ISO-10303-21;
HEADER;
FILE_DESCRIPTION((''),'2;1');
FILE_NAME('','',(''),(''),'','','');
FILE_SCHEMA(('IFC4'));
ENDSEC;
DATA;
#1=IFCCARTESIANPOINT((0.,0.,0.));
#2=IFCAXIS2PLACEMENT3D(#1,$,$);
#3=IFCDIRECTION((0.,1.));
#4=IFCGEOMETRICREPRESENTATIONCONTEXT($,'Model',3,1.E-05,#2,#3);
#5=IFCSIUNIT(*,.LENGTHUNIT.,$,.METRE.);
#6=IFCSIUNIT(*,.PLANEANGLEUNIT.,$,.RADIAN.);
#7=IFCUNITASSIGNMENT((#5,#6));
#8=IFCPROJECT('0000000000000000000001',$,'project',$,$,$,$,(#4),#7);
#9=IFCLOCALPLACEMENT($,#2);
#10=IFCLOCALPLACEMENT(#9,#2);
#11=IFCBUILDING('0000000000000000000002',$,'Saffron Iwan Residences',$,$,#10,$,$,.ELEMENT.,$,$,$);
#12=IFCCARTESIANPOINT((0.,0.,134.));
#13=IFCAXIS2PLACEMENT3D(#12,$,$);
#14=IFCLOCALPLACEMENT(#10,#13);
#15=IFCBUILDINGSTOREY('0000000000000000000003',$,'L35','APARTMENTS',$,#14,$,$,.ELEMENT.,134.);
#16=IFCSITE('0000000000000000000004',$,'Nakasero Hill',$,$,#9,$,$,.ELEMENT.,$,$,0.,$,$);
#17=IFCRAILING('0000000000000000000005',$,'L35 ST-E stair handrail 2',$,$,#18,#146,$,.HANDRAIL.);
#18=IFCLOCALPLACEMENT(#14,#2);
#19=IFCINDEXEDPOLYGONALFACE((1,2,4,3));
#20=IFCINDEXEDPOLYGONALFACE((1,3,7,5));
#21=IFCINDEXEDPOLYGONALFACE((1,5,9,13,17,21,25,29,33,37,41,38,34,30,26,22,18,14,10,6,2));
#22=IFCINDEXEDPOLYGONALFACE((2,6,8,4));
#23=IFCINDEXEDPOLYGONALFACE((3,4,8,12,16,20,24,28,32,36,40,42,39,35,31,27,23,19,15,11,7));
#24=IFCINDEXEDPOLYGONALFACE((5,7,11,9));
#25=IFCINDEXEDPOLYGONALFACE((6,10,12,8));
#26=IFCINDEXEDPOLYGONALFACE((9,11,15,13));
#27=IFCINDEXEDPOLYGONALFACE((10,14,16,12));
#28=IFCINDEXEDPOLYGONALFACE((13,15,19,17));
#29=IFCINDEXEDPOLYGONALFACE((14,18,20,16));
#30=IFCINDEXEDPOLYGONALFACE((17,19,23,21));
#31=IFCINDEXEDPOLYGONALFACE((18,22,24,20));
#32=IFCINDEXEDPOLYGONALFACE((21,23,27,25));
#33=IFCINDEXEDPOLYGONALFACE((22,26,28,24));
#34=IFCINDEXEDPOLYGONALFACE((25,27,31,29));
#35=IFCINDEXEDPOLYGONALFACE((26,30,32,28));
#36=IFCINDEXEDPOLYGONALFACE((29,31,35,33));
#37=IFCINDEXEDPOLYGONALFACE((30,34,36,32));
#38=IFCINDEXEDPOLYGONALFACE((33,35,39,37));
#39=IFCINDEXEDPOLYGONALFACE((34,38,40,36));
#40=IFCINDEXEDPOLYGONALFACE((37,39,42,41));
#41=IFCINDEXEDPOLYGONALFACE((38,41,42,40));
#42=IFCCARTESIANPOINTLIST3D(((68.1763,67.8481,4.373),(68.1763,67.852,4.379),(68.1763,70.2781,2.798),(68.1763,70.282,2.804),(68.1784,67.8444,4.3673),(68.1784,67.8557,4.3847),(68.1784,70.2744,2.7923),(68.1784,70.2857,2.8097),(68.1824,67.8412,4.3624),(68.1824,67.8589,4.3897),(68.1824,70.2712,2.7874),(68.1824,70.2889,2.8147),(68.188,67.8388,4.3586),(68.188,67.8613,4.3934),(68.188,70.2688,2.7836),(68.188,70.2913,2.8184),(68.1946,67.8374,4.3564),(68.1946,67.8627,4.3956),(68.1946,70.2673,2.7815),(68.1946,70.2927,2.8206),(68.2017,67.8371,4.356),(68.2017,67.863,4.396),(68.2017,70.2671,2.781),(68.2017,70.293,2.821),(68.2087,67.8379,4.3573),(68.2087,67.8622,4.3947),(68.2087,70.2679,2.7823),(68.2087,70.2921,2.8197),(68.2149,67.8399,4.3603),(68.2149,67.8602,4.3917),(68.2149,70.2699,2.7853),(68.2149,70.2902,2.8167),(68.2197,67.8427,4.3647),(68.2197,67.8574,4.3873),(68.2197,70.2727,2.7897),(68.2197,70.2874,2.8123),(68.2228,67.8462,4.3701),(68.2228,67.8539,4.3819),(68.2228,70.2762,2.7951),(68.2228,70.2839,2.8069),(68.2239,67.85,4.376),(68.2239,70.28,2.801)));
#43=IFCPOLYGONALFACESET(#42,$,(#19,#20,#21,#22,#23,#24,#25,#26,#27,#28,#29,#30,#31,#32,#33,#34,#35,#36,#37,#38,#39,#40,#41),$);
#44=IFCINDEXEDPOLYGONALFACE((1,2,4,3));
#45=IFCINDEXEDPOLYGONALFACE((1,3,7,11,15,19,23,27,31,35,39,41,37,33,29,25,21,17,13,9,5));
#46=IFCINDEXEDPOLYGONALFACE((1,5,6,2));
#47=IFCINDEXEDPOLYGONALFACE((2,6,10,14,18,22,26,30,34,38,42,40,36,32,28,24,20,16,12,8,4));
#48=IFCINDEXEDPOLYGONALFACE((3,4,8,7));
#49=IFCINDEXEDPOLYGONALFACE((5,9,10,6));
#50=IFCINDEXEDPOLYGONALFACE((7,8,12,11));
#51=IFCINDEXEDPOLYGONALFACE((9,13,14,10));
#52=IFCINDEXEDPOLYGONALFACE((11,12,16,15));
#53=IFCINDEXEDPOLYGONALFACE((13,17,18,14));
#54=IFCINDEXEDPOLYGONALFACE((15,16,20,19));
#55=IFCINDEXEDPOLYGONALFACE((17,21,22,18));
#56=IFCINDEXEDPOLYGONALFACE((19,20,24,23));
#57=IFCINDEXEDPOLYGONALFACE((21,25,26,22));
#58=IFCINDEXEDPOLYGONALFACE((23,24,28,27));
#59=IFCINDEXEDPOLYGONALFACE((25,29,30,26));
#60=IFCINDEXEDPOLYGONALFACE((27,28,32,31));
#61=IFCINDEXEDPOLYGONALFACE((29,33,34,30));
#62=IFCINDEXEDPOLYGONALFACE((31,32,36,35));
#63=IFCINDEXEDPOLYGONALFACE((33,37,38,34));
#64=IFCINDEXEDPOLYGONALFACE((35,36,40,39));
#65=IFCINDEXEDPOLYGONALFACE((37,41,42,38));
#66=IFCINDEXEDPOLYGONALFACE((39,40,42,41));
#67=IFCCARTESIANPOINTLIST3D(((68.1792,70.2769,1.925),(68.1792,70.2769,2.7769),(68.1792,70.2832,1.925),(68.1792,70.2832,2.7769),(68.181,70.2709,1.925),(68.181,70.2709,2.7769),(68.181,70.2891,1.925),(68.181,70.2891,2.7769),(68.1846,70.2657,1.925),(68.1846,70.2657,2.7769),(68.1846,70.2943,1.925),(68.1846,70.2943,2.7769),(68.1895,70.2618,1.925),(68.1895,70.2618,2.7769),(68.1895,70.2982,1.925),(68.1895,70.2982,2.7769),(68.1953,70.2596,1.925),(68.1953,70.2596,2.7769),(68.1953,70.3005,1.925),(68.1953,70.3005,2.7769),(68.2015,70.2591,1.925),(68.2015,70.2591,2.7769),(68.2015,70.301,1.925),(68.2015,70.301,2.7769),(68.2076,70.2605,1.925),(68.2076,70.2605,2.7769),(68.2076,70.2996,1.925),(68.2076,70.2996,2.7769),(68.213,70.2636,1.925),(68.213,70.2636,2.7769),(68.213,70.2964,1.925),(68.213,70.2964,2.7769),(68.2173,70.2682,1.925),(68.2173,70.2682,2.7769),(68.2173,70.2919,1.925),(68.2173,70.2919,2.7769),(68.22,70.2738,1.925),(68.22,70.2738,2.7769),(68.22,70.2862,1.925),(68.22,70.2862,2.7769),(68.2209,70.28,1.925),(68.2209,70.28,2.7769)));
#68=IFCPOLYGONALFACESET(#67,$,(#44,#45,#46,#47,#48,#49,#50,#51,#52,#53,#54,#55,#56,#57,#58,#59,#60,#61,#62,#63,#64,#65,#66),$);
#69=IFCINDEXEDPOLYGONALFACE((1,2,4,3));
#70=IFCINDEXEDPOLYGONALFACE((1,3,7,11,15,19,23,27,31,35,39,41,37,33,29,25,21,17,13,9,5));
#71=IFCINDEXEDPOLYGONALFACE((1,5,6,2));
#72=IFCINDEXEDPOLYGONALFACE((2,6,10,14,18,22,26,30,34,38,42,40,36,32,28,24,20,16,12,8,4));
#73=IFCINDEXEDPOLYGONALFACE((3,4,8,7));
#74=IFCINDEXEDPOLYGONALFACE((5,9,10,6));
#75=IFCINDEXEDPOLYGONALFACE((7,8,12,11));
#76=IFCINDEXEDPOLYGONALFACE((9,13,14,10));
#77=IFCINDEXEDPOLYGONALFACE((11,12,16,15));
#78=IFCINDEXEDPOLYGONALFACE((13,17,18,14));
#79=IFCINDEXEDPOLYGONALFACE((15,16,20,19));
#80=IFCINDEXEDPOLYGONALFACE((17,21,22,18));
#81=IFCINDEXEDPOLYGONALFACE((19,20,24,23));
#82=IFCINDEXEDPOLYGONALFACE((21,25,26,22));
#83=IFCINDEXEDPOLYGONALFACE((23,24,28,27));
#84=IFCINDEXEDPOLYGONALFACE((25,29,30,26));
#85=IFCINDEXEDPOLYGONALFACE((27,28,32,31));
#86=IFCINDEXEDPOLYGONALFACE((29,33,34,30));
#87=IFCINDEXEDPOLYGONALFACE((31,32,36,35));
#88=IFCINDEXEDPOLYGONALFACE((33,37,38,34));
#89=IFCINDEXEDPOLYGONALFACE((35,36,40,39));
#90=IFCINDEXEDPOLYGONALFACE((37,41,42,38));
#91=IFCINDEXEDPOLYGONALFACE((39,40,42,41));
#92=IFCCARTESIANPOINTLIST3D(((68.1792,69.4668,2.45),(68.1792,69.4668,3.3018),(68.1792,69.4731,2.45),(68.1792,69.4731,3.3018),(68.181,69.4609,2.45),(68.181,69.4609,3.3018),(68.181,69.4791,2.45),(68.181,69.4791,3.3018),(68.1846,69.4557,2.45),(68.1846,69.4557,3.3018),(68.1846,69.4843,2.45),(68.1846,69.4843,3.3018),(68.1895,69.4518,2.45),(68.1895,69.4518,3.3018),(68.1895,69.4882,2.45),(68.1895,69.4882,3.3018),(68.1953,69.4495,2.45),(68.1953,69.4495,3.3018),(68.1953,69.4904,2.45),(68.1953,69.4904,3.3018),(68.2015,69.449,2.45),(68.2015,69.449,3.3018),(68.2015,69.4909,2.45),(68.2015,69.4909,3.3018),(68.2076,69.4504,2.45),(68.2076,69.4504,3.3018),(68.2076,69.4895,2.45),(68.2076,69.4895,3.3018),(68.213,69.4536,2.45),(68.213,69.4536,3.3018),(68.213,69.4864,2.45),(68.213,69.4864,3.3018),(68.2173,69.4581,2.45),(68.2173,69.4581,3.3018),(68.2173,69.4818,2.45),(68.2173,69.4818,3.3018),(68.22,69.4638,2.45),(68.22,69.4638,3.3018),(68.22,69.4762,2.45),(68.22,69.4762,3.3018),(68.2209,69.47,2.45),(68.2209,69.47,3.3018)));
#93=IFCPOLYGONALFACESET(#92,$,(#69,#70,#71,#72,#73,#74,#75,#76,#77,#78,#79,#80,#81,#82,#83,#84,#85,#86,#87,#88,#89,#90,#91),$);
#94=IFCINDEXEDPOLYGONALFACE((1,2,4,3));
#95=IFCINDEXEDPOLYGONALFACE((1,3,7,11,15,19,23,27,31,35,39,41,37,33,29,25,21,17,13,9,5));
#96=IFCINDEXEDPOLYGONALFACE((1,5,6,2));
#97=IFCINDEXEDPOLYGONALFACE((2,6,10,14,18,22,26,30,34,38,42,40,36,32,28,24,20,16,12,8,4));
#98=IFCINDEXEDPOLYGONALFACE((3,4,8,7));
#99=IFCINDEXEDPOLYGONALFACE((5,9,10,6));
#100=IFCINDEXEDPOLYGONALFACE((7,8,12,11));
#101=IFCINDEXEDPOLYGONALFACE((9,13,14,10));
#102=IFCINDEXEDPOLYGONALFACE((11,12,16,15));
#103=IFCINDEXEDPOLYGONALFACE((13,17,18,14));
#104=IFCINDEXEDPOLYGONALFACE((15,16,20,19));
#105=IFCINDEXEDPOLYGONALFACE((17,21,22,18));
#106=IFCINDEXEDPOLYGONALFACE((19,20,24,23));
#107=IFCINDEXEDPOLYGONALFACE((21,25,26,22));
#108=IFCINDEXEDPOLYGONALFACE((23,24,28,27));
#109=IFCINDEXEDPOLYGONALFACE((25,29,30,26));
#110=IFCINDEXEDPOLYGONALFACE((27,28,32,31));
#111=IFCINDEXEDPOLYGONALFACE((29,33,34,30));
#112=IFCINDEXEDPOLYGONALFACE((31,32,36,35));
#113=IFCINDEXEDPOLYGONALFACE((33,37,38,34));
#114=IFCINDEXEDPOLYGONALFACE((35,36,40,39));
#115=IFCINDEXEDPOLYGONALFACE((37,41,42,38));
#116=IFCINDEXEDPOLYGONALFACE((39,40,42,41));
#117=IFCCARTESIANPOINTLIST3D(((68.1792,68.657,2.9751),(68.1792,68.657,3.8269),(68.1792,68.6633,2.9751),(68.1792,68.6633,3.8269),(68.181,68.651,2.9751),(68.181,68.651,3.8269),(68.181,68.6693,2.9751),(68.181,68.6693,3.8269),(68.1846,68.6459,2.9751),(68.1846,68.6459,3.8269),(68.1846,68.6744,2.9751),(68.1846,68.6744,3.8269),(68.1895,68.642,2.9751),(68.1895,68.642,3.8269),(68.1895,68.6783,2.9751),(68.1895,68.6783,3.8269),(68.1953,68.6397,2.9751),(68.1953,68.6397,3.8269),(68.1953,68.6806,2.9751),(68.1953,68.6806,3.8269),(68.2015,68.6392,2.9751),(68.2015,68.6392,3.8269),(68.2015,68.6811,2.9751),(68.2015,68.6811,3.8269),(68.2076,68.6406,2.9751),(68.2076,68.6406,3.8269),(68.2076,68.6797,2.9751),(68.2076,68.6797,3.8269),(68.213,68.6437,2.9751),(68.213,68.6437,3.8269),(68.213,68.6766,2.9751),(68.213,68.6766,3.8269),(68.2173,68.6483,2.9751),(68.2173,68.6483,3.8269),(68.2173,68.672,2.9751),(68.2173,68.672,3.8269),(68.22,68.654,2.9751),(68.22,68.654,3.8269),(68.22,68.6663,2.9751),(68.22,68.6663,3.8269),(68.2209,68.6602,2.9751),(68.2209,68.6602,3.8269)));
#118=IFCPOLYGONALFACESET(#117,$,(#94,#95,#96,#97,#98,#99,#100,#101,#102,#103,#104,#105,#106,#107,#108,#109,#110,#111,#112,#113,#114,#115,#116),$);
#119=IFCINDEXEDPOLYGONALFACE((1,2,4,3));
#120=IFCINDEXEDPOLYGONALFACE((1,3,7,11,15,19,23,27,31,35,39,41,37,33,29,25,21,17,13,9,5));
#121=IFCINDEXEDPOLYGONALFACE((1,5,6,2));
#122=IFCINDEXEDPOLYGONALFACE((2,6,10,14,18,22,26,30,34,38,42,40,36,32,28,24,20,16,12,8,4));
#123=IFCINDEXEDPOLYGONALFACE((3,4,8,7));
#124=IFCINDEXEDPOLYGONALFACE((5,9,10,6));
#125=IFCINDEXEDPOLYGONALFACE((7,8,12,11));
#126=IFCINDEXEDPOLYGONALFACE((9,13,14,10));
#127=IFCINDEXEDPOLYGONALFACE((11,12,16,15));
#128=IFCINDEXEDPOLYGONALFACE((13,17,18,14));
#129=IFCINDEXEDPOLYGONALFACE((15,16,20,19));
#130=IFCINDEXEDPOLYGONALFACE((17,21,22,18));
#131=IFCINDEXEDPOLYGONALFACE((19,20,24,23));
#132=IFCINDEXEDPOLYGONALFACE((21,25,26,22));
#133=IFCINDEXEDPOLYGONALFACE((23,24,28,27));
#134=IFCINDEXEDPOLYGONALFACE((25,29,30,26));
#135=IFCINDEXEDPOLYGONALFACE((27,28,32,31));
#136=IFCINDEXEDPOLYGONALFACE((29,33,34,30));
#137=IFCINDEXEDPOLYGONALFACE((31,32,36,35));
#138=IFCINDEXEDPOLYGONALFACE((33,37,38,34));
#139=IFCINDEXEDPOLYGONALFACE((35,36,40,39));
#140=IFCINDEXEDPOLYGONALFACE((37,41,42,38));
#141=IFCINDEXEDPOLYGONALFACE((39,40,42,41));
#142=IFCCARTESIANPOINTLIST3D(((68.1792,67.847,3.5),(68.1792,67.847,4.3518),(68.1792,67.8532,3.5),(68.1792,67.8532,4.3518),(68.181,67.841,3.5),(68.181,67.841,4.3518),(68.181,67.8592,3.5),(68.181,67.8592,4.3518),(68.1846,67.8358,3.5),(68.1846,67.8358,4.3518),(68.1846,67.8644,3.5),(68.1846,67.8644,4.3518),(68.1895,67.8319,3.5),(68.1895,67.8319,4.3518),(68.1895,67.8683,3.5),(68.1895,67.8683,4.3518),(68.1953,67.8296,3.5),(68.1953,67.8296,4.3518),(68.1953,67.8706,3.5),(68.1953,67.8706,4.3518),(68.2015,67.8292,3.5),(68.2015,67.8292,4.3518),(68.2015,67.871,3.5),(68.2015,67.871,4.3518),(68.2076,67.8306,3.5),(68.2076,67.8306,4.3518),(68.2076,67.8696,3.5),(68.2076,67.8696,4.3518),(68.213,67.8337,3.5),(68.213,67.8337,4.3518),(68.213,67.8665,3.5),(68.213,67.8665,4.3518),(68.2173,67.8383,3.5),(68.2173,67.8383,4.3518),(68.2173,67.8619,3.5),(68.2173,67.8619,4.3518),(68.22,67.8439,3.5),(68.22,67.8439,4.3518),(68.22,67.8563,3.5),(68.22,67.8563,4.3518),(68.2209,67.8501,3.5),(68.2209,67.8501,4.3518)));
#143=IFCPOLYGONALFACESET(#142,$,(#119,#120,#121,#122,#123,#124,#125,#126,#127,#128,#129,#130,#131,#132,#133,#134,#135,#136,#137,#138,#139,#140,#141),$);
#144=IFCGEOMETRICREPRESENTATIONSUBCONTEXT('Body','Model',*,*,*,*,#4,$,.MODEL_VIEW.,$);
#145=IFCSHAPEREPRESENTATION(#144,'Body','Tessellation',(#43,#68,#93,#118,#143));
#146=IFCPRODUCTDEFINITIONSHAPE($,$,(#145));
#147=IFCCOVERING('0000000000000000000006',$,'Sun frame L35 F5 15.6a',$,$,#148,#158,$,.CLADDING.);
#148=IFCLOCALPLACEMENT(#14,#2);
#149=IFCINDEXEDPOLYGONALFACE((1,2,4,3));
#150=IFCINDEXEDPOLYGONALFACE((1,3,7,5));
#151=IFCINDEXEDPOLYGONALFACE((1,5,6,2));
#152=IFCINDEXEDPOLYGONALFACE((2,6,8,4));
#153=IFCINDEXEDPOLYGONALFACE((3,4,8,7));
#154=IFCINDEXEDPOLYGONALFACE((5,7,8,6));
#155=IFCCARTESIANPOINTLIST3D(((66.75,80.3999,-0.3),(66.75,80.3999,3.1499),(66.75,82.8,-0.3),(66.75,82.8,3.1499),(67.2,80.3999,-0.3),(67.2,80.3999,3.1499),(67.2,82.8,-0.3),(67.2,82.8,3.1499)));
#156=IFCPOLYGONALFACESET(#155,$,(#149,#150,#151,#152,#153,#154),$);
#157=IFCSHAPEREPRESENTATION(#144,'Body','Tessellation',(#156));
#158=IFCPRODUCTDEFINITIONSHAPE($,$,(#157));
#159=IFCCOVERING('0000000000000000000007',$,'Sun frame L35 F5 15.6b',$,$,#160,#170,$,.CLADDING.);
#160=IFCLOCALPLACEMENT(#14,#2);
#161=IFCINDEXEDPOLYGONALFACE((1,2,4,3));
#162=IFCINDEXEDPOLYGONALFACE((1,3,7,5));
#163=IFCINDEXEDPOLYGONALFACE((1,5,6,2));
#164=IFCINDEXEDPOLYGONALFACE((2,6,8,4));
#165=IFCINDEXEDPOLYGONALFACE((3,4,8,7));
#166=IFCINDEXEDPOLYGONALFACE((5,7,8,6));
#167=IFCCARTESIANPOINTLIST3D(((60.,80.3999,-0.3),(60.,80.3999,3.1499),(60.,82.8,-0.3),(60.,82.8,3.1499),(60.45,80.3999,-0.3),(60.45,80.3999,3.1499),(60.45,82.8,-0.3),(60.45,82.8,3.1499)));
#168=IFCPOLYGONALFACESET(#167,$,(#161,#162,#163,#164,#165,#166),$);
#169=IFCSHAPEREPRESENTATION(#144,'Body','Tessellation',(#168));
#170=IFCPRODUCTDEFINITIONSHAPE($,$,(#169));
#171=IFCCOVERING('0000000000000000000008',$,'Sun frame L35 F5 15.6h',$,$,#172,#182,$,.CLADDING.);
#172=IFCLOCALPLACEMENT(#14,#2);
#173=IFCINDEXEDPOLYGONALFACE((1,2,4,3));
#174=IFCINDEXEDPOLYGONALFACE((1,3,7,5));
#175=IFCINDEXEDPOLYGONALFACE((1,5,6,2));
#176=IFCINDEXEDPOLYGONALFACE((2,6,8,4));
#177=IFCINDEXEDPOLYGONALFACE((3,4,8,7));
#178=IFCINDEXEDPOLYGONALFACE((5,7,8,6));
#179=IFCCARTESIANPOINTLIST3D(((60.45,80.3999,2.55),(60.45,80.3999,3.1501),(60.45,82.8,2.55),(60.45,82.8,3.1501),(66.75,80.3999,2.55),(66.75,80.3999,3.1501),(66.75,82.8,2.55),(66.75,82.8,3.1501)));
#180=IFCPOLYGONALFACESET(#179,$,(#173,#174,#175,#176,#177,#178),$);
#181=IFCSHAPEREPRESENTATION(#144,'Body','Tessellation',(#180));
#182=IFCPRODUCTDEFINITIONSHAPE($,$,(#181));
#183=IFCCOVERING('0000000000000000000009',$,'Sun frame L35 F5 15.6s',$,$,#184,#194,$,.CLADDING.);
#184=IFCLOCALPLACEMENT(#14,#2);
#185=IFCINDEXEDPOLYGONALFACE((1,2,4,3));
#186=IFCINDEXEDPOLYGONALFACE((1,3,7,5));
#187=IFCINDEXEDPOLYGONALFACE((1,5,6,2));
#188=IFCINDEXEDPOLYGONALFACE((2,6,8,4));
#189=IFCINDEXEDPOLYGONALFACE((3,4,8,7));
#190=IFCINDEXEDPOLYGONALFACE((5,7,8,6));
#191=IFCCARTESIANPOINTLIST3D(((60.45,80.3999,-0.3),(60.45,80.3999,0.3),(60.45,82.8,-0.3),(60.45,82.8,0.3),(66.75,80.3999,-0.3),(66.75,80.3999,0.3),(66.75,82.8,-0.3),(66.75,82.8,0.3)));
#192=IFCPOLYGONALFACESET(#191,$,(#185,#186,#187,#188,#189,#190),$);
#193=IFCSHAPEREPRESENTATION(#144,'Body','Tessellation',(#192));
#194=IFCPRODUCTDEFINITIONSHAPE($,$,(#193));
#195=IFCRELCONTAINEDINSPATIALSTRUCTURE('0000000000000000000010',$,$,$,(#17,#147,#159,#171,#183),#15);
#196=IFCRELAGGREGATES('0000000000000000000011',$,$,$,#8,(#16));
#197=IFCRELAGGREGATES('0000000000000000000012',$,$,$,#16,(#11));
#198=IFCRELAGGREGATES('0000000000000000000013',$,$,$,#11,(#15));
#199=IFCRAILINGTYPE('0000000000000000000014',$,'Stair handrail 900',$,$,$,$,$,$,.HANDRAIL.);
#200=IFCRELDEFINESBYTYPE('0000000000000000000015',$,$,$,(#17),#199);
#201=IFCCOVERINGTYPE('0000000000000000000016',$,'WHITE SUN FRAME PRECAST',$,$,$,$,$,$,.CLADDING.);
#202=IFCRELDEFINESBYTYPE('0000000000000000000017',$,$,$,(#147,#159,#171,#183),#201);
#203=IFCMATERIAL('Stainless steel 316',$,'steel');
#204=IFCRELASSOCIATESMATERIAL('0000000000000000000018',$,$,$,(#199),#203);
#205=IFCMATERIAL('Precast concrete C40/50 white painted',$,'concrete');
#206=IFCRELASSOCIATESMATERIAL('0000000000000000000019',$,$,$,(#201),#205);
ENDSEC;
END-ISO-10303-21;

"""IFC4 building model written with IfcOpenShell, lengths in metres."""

from ifc_helpers import new_model, si_unit, direction, frame, origin, origin_2d, place, context, subcontext, project, spatial, polyline, circle, outline, extrude, material, type_object, element, save


model = new_model("IFC4")

# Units and contexts
model_context = context("Model", 3, precision=1e-05, world=origin(), true_north=direction((0.0, 1.0)))
body_context = subcontext(model_context, "Body", "Model", "MODEL_VIEW")
ifc_project = project(units=[si_unit("LENGTHUNIT", "METRE"), si_unit("PLANEANGLEUNIT", "RADIAN")], contexts=[model_context])

# Site, building, storey
site_placement = place(None, origin())
site = spatial("IfcSite", under=ifc_project, at=site_placement, Name="Nakasero Hill", CompositionType="ELEMENT", RefElevation=0.0)
building_placement = place(site_placement, origin())
building = spatial("IfcBuilding", under=site, at=building_placement, Name="Saffron Iwan Residences", CompositionType="ELEMENT")
storey_placement = place(building_placement, frame((0.0, 0.0, 134.0)))
storey = spatial("IfcBuildingStorey", under=building, at=storey_placement, Name="L35", Description="APARTMENTS", CompositionType="ELEMENT", Elevation=134.0)

# Railing
ifc_material_1 = material(Name="Stainless steel 316", Category="steel")
railing_type_1 = type_object("IfcRailingType", Name="Stair handrail 900", PredefinedType="HANDRAIL", material=ifc_material_1)
railing_1_placement = place(storey_placement, frame((68.2, 70.28, 1.925)))
element("IfcRailing", 1, at=railing_1_placement, inside=storey, type_object=railing_type_1, Name="L35 ST-E stair handrail 2", PredefinedType="HANDRAIL", context=body_context, shape_type="SweptSolid", body=[
    extrude(circle(Radius=0.0239, at=origin_2d()), frame((0.0, 0.0, 0.876), z_axis=(0.0, -0.839154, 0.543894), x_axis=(1.0, 0.0, 0.0)), (0.0, 0.0, 1.0), 2.8958),
    extrude(circle(Radius=0.021, at=origin_2d()), origin(), (0.0, 0.0, 1.0), 0.8518),
    extrude(circle(Radius=0.021, at=origin_2d()), frame((0.0, -0.8101, 0.5249)), (0.0, 0.0, 1.0), 0.8518),
    extrude(circle(Radius=0.021, at=origin_2d()), frame((0.0, -1.6199, 1.05)), (0.0, 0.0, 1.0), 0.8518),
    extrude(circle(Radius=0.021, at=origin_2d()), frame((0.0, -2.4299, 1.575)), (0.0, 0.0, 1.0), 0.8518),
])

# Coverings
ifc_material_2 = material(Name="Precast concrete C40/50 white painted", Category="concrete")
covering_type_1 = type_object("IfcCoveringType", Name="WHITE SUN FRAME PRECAST", PredefinedType="CLADDING", material=ifc_material_2)
for number, where, z_axis, x_axis, name in (
    (2, (67.2, 80.3999, -0.3), (0.0, 1.0, 0.0), (-1.0, 0.0, 0.0), "Sun frame L35 F5 15.6a"),
    (3, (60.45, 80.3999, -0.3), (0.0, 1.0, 0.0), (-1.0, 0.0, 0.0), "Sun frame L35 F5 15.6b"),
):
    element("IfcCovering", number, at=place(storey_placement, frame(where, z_axis=z_axis, x_axis=x_axis)), inside=storey, type_object=covering_type_1, Name=name, PredefinedType="CLADDING", context=body_context, shape_type="SweptSolid", body=[
        extrude(outline(polyline([(0.0, 0.0), (0.45, 0.0), (0.45, 3.45), (0.0, 3.45), (0.0, 0.0)])), origin(), (0.0, 0.0, 1.0), 2.4001),
    ])
for number, where, z_axis, x_axis, name in (
    (4, (66.75, 80.3999, 2.55), (0.0, 1.0, 0.0), (-1.0, 0.0, 0.0), "Sun frame L35 F5 15.6h"),
    (5, (66.75, 80.3999, -0.3), (0.0, 1.0, 0.0), (-1.0, 0.0, 0.0), "Sun frame L35 F5 15.6s"),
):
    element("IfcCovering", number, at=place(storey_placement, frame(where, z_axis=z_axis, x_axis=x_axis)), inside=storey, type_object=covering_type_1, Name=name, PredefinedType="CLADDING", context=body_context, shape_type="SweptSolid", body=[
        extrude(outline(polyline([(0.0, 0.0), (6.3, 0.0), (6.3, 0.6001), (0.0, 0.6001), (0.0, 0.0)])), origin(), (0.0, 0.0, 1.0), 2.4001),
    ])

save(model, "model.ifc")
